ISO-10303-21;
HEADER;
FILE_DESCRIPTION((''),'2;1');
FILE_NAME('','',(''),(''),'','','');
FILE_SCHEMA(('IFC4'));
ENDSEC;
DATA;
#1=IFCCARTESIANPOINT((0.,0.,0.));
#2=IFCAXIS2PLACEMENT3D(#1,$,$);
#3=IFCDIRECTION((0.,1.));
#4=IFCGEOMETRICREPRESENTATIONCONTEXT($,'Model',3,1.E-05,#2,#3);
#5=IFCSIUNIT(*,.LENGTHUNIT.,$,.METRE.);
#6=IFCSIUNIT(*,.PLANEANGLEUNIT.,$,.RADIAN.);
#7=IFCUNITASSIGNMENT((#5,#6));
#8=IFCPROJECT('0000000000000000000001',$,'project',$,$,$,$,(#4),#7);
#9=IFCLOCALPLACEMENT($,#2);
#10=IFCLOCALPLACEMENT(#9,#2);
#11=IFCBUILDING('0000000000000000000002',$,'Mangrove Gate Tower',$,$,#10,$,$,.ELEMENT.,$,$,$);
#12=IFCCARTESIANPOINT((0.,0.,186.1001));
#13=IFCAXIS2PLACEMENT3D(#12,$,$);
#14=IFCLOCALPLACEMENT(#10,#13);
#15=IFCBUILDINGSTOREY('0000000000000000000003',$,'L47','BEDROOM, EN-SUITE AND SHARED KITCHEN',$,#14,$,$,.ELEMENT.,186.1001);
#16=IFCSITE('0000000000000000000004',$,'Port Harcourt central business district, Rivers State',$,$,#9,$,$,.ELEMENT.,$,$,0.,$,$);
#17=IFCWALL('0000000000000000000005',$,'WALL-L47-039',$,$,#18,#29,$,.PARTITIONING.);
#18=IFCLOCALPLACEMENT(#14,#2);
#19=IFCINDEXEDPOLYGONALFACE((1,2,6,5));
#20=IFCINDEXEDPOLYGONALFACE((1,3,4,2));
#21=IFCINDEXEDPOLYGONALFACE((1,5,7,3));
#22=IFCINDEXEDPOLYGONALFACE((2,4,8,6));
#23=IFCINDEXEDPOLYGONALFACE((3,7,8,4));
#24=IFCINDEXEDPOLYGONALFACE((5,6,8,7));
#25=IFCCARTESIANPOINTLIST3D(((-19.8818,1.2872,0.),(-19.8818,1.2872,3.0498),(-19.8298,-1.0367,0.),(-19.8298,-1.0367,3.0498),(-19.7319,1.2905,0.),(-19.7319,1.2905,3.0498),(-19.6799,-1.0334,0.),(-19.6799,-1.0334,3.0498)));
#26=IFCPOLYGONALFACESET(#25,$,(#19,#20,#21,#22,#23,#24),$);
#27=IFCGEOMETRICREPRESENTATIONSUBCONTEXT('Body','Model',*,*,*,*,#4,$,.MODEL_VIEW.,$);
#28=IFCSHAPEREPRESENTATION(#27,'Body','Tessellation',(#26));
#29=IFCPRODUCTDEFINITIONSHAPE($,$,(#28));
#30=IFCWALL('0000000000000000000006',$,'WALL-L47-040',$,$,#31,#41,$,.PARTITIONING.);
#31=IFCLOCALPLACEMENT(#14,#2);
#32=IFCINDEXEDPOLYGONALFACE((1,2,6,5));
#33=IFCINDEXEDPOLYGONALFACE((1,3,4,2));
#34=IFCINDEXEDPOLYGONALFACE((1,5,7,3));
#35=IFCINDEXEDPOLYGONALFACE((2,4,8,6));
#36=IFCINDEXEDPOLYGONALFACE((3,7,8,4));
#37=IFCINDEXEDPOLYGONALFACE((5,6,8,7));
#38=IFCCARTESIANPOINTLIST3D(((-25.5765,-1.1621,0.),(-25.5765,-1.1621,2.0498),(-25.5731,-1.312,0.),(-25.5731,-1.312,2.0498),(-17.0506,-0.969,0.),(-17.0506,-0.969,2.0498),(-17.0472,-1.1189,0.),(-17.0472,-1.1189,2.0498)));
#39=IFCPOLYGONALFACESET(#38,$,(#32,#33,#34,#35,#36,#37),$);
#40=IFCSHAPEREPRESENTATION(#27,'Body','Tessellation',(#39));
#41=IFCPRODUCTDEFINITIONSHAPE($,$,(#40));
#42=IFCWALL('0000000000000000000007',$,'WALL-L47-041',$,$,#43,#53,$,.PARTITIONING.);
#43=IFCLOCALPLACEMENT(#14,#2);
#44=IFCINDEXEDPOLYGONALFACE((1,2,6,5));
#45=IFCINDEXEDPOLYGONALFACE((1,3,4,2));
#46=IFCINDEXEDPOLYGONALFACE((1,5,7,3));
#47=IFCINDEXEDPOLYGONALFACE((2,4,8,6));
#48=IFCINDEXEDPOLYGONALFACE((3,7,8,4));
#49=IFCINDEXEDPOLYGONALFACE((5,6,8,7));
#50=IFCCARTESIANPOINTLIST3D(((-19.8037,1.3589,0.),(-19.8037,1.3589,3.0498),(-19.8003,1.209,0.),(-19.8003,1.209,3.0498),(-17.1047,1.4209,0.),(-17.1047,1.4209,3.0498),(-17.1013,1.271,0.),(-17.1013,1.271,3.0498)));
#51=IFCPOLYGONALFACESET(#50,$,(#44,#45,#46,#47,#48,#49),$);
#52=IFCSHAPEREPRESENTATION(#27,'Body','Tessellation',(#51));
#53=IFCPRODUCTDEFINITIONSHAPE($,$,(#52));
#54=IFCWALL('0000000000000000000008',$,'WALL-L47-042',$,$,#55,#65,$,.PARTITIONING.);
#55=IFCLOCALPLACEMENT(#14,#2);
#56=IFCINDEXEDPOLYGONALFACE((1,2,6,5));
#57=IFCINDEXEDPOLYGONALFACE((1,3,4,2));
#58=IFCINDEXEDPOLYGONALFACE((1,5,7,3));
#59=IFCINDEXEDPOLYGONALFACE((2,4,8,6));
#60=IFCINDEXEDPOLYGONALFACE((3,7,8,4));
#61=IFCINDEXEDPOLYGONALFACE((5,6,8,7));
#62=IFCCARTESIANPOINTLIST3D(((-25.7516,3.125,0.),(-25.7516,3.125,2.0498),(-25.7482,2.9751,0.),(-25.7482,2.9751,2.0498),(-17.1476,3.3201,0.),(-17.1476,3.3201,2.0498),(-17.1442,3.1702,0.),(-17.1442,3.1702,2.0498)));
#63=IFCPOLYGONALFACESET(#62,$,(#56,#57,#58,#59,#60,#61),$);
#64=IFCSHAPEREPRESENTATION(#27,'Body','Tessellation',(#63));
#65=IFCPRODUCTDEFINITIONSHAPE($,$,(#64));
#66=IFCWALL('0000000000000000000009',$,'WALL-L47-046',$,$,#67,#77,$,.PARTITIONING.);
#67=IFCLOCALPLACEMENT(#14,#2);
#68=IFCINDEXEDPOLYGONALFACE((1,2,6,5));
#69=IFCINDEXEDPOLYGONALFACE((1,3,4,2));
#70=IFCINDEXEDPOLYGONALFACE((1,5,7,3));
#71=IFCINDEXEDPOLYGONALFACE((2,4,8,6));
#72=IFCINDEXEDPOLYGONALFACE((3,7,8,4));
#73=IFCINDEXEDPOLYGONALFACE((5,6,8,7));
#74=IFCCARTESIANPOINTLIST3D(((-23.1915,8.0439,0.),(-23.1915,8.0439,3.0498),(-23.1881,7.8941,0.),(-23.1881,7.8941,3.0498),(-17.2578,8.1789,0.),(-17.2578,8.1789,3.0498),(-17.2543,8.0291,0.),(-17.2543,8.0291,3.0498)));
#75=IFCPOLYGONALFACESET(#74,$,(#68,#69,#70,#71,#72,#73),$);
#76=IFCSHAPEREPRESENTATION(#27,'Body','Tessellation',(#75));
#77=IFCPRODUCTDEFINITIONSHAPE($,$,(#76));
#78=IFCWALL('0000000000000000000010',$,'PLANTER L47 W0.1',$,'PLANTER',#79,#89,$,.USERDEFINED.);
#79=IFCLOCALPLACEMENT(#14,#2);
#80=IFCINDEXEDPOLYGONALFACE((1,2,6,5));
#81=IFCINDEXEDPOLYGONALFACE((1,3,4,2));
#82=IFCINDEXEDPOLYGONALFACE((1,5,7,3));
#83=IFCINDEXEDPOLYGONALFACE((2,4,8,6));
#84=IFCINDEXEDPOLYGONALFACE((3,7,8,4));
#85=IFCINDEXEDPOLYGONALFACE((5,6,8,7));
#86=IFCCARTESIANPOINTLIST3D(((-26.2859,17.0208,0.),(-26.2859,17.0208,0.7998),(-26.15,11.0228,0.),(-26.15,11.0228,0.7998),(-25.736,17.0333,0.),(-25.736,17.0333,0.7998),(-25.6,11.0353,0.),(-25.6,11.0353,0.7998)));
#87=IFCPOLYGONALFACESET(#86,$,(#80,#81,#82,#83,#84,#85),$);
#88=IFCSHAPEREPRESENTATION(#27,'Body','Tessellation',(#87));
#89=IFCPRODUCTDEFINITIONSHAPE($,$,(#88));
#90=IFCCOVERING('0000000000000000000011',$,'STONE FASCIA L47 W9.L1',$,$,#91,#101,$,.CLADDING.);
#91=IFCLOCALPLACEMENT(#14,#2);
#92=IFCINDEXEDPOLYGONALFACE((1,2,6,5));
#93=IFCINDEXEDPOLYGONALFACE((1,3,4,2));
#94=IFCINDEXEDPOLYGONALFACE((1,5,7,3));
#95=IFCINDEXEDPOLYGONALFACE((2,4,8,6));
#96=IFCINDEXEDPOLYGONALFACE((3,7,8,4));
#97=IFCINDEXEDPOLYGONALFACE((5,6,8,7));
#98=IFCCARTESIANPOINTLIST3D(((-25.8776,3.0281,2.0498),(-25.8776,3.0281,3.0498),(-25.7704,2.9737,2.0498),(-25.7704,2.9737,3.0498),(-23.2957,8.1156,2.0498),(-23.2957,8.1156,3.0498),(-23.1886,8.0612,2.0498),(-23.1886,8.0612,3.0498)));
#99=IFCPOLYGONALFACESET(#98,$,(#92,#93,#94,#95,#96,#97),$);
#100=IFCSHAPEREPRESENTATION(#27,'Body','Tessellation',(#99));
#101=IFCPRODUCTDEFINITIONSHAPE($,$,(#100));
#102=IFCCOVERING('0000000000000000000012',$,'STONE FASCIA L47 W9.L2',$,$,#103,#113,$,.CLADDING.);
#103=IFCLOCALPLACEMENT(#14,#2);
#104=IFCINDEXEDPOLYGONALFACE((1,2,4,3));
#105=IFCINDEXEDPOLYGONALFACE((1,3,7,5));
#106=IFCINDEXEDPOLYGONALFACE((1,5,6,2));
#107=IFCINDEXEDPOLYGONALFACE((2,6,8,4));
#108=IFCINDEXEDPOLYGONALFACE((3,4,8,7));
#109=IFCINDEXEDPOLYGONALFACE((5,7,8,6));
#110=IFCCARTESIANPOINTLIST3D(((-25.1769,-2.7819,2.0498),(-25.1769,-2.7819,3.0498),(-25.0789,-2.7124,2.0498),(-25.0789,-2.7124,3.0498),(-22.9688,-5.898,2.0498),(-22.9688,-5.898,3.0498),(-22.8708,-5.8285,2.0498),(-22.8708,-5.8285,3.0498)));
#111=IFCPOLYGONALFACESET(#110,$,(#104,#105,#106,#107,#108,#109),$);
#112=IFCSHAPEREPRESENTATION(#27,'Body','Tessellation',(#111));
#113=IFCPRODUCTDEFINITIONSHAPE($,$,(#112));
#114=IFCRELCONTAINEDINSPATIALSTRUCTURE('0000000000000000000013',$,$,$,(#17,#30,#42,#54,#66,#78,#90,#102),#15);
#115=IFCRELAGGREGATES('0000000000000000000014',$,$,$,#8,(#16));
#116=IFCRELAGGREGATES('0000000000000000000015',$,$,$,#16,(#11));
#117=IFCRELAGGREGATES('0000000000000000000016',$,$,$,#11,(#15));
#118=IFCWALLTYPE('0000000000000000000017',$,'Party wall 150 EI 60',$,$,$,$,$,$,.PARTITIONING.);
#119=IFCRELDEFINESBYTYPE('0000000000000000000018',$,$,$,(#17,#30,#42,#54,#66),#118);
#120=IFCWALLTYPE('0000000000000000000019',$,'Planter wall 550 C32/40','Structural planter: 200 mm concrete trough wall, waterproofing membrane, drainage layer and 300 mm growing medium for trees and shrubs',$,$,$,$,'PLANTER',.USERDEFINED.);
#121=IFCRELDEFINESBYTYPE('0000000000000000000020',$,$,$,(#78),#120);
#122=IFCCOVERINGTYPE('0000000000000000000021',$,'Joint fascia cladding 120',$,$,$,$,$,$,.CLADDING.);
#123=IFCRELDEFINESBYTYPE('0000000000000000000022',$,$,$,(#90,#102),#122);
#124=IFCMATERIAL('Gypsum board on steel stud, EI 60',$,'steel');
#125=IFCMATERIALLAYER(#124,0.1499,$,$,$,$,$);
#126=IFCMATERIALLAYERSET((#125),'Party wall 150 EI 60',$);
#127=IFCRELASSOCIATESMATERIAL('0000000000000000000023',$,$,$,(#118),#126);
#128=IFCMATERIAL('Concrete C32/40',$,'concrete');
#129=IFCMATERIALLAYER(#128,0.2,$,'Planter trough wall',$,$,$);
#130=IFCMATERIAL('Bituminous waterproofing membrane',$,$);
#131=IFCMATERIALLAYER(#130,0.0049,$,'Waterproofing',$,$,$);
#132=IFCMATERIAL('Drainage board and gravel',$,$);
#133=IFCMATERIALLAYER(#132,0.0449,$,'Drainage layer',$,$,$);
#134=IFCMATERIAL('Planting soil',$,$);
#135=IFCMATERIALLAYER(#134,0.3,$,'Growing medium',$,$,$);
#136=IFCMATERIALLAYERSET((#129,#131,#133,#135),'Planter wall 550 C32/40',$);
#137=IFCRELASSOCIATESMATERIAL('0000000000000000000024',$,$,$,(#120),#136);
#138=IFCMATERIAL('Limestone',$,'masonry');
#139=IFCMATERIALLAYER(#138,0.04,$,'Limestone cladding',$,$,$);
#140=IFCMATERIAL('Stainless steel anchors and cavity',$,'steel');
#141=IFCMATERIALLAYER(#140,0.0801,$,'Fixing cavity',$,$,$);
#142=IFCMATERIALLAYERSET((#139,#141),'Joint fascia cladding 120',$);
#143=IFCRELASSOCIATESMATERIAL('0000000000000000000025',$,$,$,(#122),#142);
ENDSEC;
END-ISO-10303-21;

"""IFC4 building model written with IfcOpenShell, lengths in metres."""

from ifc_helpers import new_model, si_unit, direction, frame, frame_2d, origin, place, context, subcontext, project, spatial, rectangle, extrude, material, layer, layer_set, type_object, element, save


model = new_model("IFC4")

# Units and contexts
model_context = context("Model", 3, precision=1e-05, world=origin(), true_north=direction((0.0, 1.0)))
body_context = subcontext(model_context, "Body", "Model", "MODEL_VIEW")
ifc_project = project(units=[si_unit("LENGTHUNIT", "METRE"), si_unit("PLANEANGLEUNIT", "RADIAN")], contexts=[model_context])

# Site, building, storey
site_placement = place(None, origin())
site = spatial("IfcSite", under=ifc_project, at=site_placement, Name="Port Harcourt central business district, Rivers State", CompositionType="ELEMENT", RefElevation=0.0)
building_placement = place(site_placement, origin())
building = spatial("IfcBuilding", under=site, at=building_placement, Name="Mangrove Gate Tower", CompositionType="ELEMENT")
storey_placement = place(building_placement, frame((0.0, 0.0, 186.1001)))
storey = spatial("IfcBuildingStorey", under=building, at=storey_placement, Name="L47", Description="BEDROOM, EN-SUITE AND SHARED KITCHEN", CompositionType="ELEMENT", Elevation=186.1001)

# Shared definitions
ifc_material_1 = material(Name="Limestone", Category="masonry")

# Walls
ifc_material_2 = material(Name="Gypsum board on steel stud, EI 60", Category="steel")
ifc_layer_1 = layer(ifc_material_2, 0.1499)
ifc_layer_set_1 = layer_set([ifc_layer_1], Name="Party wall 150 EI 60")
wall_type_1 = type_object("IfcWallType", Name="Party wall 150 EI 60", PredefinedType="PARTITIONING", material=ifc_layer_set_1)
wall_1_placement = place(storey_placement, frame((-19.7549, -1.0349, 0.0), z_axis=(0.0, 0.0, 1.0), x_axis=(-0.022371, 0.99975, 0.0)))
element("IfcWall", 1, at=wall_1_placement, inside=storey, type_object=wall_type_1, Name="WALL-L47-039", PredefinedType="PARTITIONING", context=body_context, shape_type="SweptSolid", body=[
    extrude(rectangle(XDim=2.3245, YDim=0.1499, at=frame_2d((1.1621, 0.0))), origin(), (0.0, 0.0, 1.0), 3.0498),
])
wall_2_placement = place(storey_placement, frame((-25.575, -1.2371, 0.0), z_axis=(0.0, 0.0, 1.0), x_axis=(0.999744, 0.022645, 0.0)))
element("IfcWall", 2, at=wall_2_placement, inside=storey, type_object=wall_type_1, Name="WALL-L47-040", PredefinedType="PARTITIONING", context=body_context, shape_type="SweptSolid", body=[
    extrude(rectangle(XDim=8.5281, YDim=0.1499, at=frame_2d((4.2642, 0.0))), origin(), (0.0, 0.0, 1.0), 2.0498),
])
wall_3_placement = place(storey_placement, frame((-19.802, 1.2839, 0.0), z_axis=(0.0, 0.0, 1.0), x_axis=(0.999736, 0.02297, 0.0)))
element("IfcWall", 3, at=wall_3_placement, inside=storey, type_object=wall_type_1, Name="WALL-L47-041", PredefinedType="PARTITIONING", context=body_context, shape_type="SweptSolid", body=[
    extrude(rectangle(XDim=2.6997, YDim=0.1499, at=frame_2d((1.3499, 0.0))), origin(), (0.0, 0.0, 1.0), 3.0498),
])
wall_4_placement = place(storey_placement, frame((-25.75, 3.05, 0.0), z_axis=(0.0, 0.0, 1.0), x_axis=(0.999743, 0.022666, 0.0)))
element("IfcWall", 4, at=wall_4_placement, inside=storey, type_object=wall_type_1, Name="WALL-L47-042", PredefinedType="PARTITIONING", context=body_context, shape_type="SweptSolid", body=[
    extrude(rectangle(XDim=8.6062, YDim=0.1499, at=frame_2d((4.3032, 0.0))), origin(), (0.0, 0.0, 1.0), 2.0498),
])
wall_5_placement = place(storey_placement, frame((-23.1899, 7.969, 0.0), z_axis=(0.0, 0.0, 1.0), x_axis=(0.999741, 0.022747, 0.0)))
element("IfcWall", 5, at=wall_5_placement, inside=storey, type_object=wall_type_1, Name="WALL-L47-046", PredefinedType="PARTITIONING", context=body_context, shape_type="SweptSolid", body=[
    extrude(rectangle(XDim=5.9353, YDim=0.1499, at=frame_2d((2.9678, 0.0))), origin(), (0.0, 0.0, 1.0), 3.0498),
])
ifc_material_3 = material(Name="Concrete C32/40", Category="concrete")
ifc_layer_2 = layer(ifc_material_3, 0.2, Name="Planter trough wall")
ifc_material_4 = material(Name="Bituminous waterproofing membrane")
ifc_layer_3 = layer(ifc_material_4, 0.0049, Name="Waterproofing")
ifc_material_5 = material(Name="Drainage board and gravel")
ifc_layer_4 = layer(ifc_material_5, 0.0449, Name="Drainage layer")
ifc_material_6 = material(Name="Planting soil")
ifc_layer_5 = layer(ifc_material_6, 0.3, Name="Growing medium")
ifc_layer_set_2 = layer_set([ifc_layer_2, ifc_layer_3, ifc_layer_4, ifc_layer_5], Name="Planter wall 550 C32/40")
wall_type_2 = type_object("IfcWallType", Name="Planter wall 550 C32/40", Description="Structural planter: 200 mm concrete trough wall, waterproofing membrane, drainage layer and 300 mm growing medium for trees and shrubs", ElementType="PLANTER", PredefinedType="USERDEFINED", material=ifc_layer_set_2)
wall_6_placement = place(storey_placement, frame((-25.875, 11.0291, 0.0), z_axis=(0.0, 0.0, 1.0), x_axis=(-0.022666, 0.999743, 0.0)))
element("IfcWall", 6, at=wall_6_placement, inside=storey, type_object=wall_type_2, Name="PLANTER L47 W0.1", ObjectType="PLANTER", PredefinedType="USERDEFINED", context=body_context, shape_type="SweptSolid", body=[
    extrude(rectangle(XDim=5.9995, YDim=0.55, at=frame_2d((2.9998, 0.0))), origin(), (0.0, 0.0, 1.0), 0.7998),
])

# Coverings
ifc_layer_6 = layer(ifc_material_1, 0.04, Name="Limestone cladding")
ifc_material_7 = material(Name="Stainless steel anchors and cavity", Category="steel")
ifc_layer_7 = layer(ifc_material_7, 0.0801, Name="Fixing cavity")
ifc_layer_set_3 = layer_set([ifc_layer_6, ifc_layer_7], Name="Joint fascia cladding 120")
covering_type = type_object("IfcCoveringType", Name="Joint fascia cladding 120", PredefinedType="CLADDING", material=ifc_layer_set_3)
covering_1_placement = place(storey_placement, frame((-23.2422, 8.0884, 2.0498), z_axis=(0.0, 0.0, 1.0), x_axis=(-0.452546, -0.891741, 0.0)))
element("IfcCovering", 7, at=covering_1_placement, inside=storey, type_object=covering_type, Name="STONE FASCIA L47 W9.L1", PredefinedType="CLADDING", context=body_context, shape_type="SweptSolid", body=[
    extrude(rectangle(XDim=5.7051, YDim=0.1201, at=frame_2d((2.8525, 0.0))), origin(), (0.0, 0.0, 1.0), 1.0),
])
covering_2_placement = place(storey_placement, frame((-25.1279, -2.7471, 2.0498), z_axis=(0.0, 0.0, 1.0), x_axis=(0.578168, -0.815918, 0.0)))
element("IfcCovering", 8, at=covering_2_placement, inside=storey, type_object=covering_type, Name="STONE FASCIA L47 W9.L2", PredefinedType="CLADDING", context=body_context, shape_type="SweptSolid", body=[
    extrude(rectangle(XDim=3.8191, YDim=0.1201, at=frame_2d((1.9097, 0.0))), origin(), (0.0, 0.0, 1.0), 1.0),
])

save(model, "model.ifc")
